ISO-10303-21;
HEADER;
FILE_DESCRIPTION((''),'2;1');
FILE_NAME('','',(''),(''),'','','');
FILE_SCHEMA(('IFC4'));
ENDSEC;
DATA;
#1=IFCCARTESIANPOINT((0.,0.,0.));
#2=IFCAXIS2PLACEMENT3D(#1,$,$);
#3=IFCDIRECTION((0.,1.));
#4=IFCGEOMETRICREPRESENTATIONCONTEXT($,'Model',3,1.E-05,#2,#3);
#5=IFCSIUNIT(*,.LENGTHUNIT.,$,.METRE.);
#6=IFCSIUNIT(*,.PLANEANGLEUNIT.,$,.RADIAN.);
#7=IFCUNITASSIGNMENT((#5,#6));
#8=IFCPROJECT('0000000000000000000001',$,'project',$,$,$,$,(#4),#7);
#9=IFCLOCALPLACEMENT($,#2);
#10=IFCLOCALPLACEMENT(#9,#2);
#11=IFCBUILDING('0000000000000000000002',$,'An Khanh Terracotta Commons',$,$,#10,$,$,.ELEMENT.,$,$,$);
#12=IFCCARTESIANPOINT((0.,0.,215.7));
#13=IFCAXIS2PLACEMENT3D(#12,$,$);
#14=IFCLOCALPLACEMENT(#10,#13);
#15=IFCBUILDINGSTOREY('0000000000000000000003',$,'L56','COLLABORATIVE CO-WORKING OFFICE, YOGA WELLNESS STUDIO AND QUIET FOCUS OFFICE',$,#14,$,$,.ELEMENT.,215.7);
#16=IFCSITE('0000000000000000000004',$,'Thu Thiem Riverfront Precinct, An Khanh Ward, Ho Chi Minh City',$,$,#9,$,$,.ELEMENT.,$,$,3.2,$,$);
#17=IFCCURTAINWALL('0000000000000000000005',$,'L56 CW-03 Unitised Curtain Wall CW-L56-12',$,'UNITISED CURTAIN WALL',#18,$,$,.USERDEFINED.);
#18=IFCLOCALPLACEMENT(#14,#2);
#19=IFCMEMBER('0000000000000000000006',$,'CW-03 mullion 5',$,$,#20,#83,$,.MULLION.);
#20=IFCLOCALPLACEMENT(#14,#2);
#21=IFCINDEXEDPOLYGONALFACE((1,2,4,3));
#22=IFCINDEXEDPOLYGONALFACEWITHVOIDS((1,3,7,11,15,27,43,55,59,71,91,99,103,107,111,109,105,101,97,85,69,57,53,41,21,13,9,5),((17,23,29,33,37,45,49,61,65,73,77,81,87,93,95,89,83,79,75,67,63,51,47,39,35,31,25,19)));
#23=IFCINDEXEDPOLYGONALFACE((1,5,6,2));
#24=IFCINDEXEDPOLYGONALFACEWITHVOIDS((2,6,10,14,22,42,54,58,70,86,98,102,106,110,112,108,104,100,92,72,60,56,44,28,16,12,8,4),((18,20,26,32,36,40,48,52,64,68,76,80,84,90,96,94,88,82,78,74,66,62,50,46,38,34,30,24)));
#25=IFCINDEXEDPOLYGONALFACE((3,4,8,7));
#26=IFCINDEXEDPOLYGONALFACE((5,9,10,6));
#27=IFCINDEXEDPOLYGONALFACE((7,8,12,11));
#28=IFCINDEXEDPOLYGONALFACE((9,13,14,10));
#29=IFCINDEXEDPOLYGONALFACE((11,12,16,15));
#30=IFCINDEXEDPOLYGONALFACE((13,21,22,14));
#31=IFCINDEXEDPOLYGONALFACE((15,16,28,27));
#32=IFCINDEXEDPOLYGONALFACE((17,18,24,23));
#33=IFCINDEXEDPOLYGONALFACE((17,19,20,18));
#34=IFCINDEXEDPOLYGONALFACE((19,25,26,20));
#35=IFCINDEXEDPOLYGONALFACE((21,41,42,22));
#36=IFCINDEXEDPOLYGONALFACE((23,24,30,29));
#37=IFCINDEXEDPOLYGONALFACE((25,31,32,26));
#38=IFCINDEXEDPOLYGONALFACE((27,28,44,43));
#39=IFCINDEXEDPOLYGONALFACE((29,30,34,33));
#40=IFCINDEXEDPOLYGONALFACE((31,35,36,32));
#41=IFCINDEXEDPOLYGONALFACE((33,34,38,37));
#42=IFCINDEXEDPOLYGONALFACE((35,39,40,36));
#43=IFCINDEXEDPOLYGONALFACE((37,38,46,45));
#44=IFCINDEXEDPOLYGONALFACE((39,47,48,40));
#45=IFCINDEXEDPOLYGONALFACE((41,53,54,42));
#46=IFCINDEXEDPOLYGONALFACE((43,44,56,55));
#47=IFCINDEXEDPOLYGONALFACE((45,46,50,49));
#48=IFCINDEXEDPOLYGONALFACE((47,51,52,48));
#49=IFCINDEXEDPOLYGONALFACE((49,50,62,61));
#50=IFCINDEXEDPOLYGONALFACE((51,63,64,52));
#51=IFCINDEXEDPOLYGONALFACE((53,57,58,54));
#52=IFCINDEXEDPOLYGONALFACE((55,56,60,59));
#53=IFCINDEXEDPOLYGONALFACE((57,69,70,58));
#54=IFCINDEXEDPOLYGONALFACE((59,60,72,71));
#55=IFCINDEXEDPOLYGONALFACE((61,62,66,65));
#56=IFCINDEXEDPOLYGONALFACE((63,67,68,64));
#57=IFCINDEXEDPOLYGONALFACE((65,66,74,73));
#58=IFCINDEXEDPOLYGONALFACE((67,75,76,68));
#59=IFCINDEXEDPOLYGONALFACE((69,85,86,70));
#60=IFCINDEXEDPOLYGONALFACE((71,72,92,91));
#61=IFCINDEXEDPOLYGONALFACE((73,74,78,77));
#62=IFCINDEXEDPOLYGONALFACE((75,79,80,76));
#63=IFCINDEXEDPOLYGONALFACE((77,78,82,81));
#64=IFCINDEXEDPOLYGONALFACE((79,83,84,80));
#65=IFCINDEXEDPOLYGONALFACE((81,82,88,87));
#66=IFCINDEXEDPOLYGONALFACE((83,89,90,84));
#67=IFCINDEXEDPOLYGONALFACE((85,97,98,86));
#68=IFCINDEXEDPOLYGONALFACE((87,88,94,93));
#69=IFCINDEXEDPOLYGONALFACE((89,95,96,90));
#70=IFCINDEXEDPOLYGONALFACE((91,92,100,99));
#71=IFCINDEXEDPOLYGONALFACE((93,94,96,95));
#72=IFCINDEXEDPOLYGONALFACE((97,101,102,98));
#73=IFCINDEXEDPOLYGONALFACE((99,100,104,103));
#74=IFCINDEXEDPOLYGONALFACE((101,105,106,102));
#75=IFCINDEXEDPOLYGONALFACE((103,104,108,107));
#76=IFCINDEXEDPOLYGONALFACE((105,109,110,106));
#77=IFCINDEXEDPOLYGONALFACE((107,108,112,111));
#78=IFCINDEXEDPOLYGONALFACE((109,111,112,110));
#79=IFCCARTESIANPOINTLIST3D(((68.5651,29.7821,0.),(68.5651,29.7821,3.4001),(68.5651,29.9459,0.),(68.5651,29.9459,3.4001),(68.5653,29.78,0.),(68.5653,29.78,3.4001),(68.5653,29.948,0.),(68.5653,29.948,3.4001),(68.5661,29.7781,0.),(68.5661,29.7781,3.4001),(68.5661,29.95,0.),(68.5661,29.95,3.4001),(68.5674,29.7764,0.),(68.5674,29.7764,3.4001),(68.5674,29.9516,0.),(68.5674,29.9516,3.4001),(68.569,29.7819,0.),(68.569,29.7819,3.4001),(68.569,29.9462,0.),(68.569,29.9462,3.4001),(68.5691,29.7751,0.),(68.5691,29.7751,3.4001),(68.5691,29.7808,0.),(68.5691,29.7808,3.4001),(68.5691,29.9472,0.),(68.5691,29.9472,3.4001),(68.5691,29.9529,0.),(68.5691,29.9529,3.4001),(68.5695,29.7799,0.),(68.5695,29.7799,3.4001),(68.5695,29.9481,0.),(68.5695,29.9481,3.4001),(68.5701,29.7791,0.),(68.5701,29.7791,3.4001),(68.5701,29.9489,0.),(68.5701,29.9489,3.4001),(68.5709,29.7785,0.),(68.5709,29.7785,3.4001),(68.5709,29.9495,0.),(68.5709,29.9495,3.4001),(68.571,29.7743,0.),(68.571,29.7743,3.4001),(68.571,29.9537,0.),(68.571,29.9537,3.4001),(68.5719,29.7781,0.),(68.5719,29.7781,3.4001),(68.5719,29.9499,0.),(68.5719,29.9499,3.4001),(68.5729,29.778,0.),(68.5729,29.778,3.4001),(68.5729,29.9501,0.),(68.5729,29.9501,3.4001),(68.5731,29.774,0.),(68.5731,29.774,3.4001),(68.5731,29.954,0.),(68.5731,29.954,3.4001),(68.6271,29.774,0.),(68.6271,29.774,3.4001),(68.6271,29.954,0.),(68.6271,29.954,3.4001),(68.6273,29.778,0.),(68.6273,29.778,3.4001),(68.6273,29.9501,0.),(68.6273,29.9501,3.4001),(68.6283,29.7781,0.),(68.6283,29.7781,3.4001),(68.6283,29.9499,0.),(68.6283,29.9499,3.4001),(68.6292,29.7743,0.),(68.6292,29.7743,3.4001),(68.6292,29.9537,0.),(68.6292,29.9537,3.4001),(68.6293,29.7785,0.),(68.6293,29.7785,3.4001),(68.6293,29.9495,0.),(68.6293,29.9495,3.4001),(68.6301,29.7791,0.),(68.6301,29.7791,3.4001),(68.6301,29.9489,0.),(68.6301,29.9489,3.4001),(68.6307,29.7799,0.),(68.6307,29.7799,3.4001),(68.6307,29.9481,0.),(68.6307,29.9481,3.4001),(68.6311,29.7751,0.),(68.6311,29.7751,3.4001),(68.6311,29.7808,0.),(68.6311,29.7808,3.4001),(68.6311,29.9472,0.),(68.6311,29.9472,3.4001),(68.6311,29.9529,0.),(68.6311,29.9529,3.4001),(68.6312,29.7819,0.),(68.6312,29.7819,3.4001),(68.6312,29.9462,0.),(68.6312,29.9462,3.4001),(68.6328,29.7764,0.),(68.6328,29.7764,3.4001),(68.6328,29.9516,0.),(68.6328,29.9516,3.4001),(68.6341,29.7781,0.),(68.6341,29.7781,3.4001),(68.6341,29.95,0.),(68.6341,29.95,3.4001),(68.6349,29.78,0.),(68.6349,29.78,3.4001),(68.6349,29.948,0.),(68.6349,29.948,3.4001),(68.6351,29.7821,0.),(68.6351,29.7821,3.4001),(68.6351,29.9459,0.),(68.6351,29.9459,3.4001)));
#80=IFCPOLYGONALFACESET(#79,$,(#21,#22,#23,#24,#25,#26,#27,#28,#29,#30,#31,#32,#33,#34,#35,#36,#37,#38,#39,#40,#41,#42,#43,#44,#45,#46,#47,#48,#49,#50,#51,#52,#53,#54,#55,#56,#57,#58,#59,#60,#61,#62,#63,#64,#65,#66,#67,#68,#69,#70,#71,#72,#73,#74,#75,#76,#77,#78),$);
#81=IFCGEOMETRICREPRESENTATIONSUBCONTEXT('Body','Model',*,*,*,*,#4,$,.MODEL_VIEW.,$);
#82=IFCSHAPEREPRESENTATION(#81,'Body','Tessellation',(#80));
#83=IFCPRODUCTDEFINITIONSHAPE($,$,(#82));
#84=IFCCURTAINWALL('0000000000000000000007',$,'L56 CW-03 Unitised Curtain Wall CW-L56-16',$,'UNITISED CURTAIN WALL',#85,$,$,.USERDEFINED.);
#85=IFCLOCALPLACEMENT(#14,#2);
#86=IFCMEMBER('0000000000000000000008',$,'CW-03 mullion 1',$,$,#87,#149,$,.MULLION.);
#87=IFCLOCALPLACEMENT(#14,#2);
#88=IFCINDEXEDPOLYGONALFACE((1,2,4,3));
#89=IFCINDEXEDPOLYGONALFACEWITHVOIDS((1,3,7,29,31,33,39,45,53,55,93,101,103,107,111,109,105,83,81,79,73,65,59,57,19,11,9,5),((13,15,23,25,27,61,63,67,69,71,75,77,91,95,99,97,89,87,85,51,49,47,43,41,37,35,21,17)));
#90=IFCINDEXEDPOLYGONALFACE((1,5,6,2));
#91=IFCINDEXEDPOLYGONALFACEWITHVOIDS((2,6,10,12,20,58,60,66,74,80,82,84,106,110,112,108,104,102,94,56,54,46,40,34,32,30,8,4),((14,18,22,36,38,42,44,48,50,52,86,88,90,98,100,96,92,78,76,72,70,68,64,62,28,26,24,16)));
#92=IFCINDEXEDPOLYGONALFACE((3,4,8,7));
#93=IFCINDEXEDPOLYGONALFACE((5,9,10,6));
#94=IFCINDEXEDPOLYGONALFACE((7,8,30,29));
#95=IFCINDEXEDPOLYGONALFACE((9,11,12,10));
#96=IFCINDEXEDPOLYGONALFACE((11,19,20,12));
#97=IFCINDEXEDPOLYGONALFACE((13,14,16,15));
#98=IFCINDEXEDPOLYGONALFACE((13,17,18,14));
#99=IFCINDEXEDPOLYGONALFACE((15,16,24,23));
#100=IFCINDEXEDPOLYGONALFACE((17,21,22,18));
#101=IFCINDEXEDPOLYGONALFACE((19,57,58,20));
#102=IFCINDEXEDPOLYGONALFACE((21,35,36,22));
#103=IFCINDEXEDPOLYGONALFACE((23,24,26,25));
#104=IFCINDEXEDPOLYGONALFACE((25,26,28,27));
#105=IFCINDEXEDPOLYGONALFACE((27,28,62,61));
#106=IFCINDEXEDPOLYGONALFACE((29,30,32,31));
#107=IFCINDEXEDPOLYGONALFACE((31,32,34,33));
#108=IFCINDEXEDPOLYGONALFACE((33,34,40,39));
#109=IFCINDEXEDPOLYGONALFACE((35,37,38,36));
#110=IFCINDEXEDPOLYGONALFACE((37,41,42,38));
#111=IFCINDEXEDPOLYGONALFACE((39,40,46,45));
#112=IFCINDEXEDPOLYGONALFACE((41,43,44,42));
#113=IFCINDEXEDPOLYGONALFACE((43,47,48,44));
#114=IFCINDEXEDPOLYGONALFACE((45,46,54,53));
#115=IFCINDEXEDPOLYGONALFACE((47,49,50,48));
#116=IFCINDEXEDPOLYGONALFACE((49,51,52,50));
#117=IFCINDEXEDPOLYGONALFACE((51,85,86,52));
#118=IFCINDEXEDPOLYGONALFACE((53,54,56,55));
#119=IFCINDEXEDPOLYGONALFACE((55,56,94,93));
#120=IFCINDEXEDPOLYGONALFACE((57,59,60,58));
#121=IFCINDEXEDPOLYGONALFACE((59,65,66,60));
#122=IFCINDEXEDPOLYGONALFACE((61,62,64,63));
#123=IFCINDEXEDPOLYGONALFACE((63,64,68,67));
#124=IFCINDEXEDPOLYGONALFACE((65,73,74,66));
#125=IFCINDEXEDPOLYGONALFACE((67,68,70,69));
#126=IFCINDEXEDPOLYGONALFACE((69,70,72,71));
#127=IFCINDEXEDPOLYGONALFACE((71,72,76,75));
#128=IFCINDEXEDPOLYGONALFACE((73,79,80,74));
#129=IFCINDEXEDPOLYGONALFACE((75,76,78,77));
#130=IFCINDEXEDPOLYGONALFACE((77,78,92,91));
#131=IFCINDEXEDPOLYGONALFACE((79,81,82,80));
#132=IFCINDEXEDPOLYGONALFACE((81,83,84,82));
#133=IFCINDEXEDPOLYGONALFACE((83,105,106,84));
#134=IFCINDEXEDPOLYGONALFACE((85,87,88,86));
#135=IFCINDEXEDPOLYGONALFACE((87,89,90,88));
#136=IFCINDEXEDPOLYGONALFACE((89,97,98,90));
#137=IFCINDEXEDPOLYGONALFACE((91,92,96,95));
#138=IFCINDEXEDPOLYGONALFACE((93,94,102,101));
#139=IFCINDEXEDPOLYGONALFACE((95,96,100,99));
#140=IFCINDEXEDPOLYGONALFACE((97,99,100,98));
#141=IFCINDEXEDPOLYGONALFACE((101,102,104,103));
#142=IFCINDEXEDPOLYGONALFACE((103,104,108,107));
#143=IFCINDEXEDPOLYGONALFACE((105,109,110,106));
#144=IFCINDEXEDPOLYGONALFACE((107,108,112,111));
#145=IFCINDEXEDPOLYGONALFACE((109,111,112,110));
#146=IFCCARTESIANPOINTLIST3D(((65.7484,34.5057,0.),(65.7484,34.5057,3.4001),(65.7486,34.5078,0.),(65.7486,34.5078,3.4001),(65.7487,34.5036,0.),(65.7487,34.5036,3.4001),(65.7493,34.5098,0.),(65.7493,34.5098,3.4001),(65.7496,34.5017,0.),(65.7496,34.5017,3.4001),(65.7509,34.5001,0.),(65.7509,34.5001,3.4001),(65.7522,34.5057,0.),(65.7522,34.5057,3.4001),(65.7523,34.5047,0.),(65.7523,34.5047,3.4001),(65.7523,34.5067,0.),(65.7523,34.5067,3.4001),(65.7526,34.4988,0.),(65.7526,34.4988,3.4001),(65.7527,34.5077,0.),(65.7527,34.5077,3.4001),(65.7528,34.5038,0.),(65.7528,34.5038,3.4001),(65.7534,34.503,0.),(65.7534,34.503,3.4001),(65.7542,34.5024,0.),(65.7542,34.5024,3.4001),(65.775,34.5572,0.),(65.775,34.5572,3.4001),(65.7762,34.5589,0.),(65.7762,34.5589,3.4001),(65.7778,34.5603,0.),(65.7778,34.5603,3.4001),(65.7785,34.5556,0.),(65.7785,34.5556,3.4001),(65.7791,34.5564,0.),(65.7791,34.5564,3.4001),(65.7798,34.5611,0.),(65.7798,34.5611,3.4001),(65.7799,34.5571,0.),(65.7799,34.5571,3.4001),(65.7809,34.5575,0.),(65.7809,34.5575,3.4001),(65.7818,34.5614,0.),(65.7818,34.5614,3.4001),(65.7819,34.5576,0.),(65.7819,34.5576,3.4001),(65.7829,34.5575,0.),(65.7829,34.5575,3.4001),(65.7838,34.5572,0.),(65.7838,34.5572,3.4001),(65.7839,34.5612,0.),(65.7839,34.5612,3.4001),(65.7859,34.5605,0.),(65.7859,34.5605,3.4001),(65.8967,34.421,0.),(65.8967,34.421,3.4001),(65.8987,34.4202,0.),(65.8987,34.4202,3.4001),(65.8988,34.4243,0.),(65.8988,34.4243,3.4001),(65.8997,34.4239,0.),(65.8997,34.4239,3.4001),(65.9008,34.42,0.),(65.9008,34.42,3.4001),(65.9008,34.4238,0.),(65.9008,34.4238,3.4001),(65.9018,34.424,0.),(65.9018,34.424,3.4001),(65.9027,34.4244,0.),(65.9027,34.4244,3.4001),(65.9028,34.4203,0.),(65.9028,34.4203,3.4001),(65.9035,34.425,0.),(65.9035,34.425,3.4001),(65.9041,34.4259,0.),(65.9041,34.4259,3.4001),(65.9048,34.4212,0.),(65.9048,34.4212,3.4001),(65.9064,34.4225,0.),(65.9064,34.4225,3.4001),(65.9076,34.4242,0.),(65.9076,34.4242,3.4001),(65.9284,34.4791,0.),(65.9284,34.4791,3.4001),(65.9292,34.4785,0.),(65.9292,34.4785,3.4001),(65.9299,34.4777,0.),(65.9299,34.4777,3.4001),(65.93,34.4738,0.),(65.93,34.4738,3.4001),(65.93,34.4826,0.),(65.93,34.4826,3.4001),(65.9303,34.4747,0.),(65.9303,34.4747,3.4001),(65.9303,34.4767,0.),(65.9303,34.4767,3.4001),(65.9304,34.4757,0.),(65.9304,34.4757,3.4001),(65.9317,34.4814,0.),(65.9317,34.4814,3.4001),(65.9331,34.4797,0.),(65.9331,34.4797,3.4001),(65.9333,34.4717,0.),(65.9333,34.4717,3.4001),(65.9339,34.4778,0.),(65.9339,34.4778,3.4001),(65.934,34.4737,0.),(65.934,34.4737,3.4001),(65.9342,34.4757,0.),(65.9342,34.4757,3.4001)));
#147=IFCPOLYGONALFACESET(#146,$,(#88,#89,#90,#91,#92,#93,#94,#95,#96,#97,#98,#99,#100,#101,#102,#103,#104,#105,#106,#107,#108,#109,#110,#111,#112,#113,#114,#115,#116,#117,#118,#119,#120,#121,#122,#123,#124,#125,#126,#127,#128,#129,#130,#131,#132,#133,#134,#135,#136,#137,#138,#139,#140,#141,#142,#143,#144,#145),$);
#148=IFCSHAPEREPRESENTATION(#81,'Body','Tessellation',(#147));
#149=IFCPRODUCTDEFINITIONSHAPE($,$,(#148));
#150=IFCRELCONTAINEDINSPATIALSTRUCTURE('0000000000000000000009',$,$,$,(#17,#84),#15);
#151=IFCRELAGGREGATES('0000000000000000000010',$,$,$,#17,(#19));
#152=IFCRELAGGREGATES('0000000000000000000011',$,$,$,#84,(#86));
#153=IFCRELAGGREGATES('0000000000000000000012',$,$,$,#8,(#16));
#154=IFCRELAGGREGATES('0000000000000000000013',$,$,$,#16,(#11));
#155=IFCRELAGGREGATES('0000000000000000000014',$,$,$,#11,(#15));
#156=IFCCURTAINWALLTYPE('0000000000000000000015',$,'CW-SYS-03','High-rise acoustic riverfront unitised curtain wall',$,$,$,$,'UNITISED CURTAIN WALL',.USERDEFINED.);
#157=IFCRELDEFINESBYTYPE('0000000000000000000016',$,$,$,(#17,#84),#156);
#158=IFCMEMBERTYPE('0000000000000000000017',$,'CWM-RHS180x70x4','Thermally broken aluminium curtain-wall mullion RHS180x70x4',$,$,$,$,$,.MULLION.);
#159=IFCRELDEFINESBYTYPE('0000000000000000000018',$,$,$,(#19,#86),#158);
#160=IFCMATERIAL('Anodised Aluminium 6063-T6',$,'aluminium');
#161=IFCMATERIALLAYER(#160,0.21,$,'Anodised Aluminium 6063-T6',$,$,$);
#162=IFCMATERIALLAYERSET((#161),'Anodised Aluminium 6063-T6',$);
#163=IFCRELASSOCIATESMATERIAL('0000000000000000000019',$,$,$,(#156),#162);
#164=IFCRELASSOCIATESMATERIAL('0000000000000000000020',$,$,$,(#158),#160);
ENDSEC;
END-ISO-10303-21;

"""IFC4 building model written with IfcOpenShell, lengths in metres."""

from ifc_helpers import new_model, si_unit, direction, frame, origin, origin_2d, place, context, subcontext, project, spatial, hollow_rectangle, extrude, material, layer, layer_set, material_profile, profile_set, type_object, element, aggregate, save


model = new_model("IFC4")

# Units and contexts
model_context = context("Model", 3, precision=1e-05, world=origin(), true_north=direction((0.0, 1.0)))
body_context = subcontext(model_context, "Body", "Model", "MODEL_VIEW")
ifc_project = project(units=[si_unit("LENGTHUNIT", "METRE"), si_unit("PLANEANGLEUNIT", "RADIAN")], contexts=[model_context])

# Site, building, storey
site_placement = place(None, origin())
site = spatial("IfcSite", under=ifc_project, at=site_placement, Name="Thu Thiem Riverfront Precinct, An Khanh Ward, Ho Chi Minh City", CompositionType="ELEMENT", RefElevation=3.2)
building_placement = place(site_placement, origin())
building = spatial("IfcBuilding", under=site, at=building_placement, Name="An Khanh Terracotta Commons", CompositionType="ELEMENT")
storey_placement = place(building_placement, frame((0.0, 0.0, 215.7)))
storey = spatial("IfcBuildingStorey", under=building, at=storey_placement, Name="L56", Description="COLLABORATIVE CO-WORKING OFFICE, YOGA WELLNESS STUDIO AND QUIET FOCUS OFFICE", CompositionType="ELEMENT", Elevation=215.7)

# Curtain walls, members
ifc_material_1 = material(Name="Anodised Aluminium 6063-T6", Category="aluminium")
ifc_layer_1 = layer(ifc_material_1, 0.21, Name="Anodised Aluminium 6063-T6")
ifc_layer_set_1 = layer_set([ifc_layer_1], Name="Anodised Aluminium 6063-T6")
curtain_wall_type = type_object("IfcCurtainWallType", Name="CW-SYS-03", Description="High-rise acoustic riverfront unitised curtain wall", ElementType="UNITISED CURTAIN WALL", PredefinedType="USERDEFINED", material=ifc_layer_set_1)
curtain_wall_1_placement = place(storey_placement, origin())
curtain_wall_1 = element("IfcCurtainWall", 1, at=curtain_wall_1_placement, inside=storey, type_object=curtain_wall_type, Name="L56 CW-03 Unitised Curtain Wall CW-L56-12", ObjectType="UNITISED CURTAIN WALL", PredefinedType="USERDEFINED")
ifc_material_profile_1 = material_profile(ifc_material_1, hollow_rectangle(XDim=0.0701, YDim=0.1799, WallThickness=0.0039, InnerFilletRadius=0.0039, OuterFilletRadius=0.0081, at=origin_2d()), Name="RHS180x70x4")
ifc_profile_set_1 = profile_set([ifc_material_profile_1], Name="Anodised Aluminium 6063-T6")
member_type_1 = type_object("IfcMemberType", Name="CWM-RHS180x70x4", Description="Thermally broken aluminium curtain-wall mullion RHS180x70x4", PredefinedType="MULLION", material=ifc_profile_set_1)
member_1_placement = place(storey_placement, frame((68.6001, 29.864, 0.0), z_axis=(0.0, 0.0, 1.0), x_axis=(-1.0, 0.0, 0.0)))
member_1 = element("IfcMember", 2, at=member_1_placement, type_object=member_type_1, Name="CW-03 mullion 5", PredefinedType="MULLION", context=body_context, shape_type="SweptSolid", body=[
    extrude(hollow_rectangle(XDim=0.0701, YDim=0.1799, WallThickness=0.0039, InnerFilletRadius=0.0039, OuterFilletRadius=0.0081, at=origin_2d()), origin(), (0.0, 0.0, 1.0), 3.4001),
])
curtain_wall_2_placement = place(storey_placement, origin())
curtain_wall_2 = element("IfcCurtainWall", 3, at=curtain_wall_2_placement, inside=storey, type_object=curtain_wall_type, Name="L56 CW-03 Unitised Curtain Wall CW-L56-16", ObjectType="UNITISED CURTAIN WALL", PredefinedType="USERDEFINED")
member_2_placement = place(storey_placement, frame((65.8413, 34.4907, 0.0), z_axis=(0.0, 0.0, 1.0), x_axis=(-0.475381, -0.87978, 0.0)))
member_2 = element("IfcMember", 4, at=member_2_placement, type_object=member_type_1, Name="CW-03 mullion 1", PredefinedType="MULLION", context=body_context, shape_type="SweptSolid", body=[
    extrude(hollow_rectangle(XDim=0.0701, YDim=0.1799, WallThickness=0.0039, InnerFilletRadius=0.0039, OuterFilletRadius=0.0081, at=origin_2d()), origin(), (0.0, 0.0, 1.0), 3.4001),
])

aggregate(curtain_wall_1, [member_1])
aggregate(curtain_wall_2, [member_2])

save(model, "model.ifc")
